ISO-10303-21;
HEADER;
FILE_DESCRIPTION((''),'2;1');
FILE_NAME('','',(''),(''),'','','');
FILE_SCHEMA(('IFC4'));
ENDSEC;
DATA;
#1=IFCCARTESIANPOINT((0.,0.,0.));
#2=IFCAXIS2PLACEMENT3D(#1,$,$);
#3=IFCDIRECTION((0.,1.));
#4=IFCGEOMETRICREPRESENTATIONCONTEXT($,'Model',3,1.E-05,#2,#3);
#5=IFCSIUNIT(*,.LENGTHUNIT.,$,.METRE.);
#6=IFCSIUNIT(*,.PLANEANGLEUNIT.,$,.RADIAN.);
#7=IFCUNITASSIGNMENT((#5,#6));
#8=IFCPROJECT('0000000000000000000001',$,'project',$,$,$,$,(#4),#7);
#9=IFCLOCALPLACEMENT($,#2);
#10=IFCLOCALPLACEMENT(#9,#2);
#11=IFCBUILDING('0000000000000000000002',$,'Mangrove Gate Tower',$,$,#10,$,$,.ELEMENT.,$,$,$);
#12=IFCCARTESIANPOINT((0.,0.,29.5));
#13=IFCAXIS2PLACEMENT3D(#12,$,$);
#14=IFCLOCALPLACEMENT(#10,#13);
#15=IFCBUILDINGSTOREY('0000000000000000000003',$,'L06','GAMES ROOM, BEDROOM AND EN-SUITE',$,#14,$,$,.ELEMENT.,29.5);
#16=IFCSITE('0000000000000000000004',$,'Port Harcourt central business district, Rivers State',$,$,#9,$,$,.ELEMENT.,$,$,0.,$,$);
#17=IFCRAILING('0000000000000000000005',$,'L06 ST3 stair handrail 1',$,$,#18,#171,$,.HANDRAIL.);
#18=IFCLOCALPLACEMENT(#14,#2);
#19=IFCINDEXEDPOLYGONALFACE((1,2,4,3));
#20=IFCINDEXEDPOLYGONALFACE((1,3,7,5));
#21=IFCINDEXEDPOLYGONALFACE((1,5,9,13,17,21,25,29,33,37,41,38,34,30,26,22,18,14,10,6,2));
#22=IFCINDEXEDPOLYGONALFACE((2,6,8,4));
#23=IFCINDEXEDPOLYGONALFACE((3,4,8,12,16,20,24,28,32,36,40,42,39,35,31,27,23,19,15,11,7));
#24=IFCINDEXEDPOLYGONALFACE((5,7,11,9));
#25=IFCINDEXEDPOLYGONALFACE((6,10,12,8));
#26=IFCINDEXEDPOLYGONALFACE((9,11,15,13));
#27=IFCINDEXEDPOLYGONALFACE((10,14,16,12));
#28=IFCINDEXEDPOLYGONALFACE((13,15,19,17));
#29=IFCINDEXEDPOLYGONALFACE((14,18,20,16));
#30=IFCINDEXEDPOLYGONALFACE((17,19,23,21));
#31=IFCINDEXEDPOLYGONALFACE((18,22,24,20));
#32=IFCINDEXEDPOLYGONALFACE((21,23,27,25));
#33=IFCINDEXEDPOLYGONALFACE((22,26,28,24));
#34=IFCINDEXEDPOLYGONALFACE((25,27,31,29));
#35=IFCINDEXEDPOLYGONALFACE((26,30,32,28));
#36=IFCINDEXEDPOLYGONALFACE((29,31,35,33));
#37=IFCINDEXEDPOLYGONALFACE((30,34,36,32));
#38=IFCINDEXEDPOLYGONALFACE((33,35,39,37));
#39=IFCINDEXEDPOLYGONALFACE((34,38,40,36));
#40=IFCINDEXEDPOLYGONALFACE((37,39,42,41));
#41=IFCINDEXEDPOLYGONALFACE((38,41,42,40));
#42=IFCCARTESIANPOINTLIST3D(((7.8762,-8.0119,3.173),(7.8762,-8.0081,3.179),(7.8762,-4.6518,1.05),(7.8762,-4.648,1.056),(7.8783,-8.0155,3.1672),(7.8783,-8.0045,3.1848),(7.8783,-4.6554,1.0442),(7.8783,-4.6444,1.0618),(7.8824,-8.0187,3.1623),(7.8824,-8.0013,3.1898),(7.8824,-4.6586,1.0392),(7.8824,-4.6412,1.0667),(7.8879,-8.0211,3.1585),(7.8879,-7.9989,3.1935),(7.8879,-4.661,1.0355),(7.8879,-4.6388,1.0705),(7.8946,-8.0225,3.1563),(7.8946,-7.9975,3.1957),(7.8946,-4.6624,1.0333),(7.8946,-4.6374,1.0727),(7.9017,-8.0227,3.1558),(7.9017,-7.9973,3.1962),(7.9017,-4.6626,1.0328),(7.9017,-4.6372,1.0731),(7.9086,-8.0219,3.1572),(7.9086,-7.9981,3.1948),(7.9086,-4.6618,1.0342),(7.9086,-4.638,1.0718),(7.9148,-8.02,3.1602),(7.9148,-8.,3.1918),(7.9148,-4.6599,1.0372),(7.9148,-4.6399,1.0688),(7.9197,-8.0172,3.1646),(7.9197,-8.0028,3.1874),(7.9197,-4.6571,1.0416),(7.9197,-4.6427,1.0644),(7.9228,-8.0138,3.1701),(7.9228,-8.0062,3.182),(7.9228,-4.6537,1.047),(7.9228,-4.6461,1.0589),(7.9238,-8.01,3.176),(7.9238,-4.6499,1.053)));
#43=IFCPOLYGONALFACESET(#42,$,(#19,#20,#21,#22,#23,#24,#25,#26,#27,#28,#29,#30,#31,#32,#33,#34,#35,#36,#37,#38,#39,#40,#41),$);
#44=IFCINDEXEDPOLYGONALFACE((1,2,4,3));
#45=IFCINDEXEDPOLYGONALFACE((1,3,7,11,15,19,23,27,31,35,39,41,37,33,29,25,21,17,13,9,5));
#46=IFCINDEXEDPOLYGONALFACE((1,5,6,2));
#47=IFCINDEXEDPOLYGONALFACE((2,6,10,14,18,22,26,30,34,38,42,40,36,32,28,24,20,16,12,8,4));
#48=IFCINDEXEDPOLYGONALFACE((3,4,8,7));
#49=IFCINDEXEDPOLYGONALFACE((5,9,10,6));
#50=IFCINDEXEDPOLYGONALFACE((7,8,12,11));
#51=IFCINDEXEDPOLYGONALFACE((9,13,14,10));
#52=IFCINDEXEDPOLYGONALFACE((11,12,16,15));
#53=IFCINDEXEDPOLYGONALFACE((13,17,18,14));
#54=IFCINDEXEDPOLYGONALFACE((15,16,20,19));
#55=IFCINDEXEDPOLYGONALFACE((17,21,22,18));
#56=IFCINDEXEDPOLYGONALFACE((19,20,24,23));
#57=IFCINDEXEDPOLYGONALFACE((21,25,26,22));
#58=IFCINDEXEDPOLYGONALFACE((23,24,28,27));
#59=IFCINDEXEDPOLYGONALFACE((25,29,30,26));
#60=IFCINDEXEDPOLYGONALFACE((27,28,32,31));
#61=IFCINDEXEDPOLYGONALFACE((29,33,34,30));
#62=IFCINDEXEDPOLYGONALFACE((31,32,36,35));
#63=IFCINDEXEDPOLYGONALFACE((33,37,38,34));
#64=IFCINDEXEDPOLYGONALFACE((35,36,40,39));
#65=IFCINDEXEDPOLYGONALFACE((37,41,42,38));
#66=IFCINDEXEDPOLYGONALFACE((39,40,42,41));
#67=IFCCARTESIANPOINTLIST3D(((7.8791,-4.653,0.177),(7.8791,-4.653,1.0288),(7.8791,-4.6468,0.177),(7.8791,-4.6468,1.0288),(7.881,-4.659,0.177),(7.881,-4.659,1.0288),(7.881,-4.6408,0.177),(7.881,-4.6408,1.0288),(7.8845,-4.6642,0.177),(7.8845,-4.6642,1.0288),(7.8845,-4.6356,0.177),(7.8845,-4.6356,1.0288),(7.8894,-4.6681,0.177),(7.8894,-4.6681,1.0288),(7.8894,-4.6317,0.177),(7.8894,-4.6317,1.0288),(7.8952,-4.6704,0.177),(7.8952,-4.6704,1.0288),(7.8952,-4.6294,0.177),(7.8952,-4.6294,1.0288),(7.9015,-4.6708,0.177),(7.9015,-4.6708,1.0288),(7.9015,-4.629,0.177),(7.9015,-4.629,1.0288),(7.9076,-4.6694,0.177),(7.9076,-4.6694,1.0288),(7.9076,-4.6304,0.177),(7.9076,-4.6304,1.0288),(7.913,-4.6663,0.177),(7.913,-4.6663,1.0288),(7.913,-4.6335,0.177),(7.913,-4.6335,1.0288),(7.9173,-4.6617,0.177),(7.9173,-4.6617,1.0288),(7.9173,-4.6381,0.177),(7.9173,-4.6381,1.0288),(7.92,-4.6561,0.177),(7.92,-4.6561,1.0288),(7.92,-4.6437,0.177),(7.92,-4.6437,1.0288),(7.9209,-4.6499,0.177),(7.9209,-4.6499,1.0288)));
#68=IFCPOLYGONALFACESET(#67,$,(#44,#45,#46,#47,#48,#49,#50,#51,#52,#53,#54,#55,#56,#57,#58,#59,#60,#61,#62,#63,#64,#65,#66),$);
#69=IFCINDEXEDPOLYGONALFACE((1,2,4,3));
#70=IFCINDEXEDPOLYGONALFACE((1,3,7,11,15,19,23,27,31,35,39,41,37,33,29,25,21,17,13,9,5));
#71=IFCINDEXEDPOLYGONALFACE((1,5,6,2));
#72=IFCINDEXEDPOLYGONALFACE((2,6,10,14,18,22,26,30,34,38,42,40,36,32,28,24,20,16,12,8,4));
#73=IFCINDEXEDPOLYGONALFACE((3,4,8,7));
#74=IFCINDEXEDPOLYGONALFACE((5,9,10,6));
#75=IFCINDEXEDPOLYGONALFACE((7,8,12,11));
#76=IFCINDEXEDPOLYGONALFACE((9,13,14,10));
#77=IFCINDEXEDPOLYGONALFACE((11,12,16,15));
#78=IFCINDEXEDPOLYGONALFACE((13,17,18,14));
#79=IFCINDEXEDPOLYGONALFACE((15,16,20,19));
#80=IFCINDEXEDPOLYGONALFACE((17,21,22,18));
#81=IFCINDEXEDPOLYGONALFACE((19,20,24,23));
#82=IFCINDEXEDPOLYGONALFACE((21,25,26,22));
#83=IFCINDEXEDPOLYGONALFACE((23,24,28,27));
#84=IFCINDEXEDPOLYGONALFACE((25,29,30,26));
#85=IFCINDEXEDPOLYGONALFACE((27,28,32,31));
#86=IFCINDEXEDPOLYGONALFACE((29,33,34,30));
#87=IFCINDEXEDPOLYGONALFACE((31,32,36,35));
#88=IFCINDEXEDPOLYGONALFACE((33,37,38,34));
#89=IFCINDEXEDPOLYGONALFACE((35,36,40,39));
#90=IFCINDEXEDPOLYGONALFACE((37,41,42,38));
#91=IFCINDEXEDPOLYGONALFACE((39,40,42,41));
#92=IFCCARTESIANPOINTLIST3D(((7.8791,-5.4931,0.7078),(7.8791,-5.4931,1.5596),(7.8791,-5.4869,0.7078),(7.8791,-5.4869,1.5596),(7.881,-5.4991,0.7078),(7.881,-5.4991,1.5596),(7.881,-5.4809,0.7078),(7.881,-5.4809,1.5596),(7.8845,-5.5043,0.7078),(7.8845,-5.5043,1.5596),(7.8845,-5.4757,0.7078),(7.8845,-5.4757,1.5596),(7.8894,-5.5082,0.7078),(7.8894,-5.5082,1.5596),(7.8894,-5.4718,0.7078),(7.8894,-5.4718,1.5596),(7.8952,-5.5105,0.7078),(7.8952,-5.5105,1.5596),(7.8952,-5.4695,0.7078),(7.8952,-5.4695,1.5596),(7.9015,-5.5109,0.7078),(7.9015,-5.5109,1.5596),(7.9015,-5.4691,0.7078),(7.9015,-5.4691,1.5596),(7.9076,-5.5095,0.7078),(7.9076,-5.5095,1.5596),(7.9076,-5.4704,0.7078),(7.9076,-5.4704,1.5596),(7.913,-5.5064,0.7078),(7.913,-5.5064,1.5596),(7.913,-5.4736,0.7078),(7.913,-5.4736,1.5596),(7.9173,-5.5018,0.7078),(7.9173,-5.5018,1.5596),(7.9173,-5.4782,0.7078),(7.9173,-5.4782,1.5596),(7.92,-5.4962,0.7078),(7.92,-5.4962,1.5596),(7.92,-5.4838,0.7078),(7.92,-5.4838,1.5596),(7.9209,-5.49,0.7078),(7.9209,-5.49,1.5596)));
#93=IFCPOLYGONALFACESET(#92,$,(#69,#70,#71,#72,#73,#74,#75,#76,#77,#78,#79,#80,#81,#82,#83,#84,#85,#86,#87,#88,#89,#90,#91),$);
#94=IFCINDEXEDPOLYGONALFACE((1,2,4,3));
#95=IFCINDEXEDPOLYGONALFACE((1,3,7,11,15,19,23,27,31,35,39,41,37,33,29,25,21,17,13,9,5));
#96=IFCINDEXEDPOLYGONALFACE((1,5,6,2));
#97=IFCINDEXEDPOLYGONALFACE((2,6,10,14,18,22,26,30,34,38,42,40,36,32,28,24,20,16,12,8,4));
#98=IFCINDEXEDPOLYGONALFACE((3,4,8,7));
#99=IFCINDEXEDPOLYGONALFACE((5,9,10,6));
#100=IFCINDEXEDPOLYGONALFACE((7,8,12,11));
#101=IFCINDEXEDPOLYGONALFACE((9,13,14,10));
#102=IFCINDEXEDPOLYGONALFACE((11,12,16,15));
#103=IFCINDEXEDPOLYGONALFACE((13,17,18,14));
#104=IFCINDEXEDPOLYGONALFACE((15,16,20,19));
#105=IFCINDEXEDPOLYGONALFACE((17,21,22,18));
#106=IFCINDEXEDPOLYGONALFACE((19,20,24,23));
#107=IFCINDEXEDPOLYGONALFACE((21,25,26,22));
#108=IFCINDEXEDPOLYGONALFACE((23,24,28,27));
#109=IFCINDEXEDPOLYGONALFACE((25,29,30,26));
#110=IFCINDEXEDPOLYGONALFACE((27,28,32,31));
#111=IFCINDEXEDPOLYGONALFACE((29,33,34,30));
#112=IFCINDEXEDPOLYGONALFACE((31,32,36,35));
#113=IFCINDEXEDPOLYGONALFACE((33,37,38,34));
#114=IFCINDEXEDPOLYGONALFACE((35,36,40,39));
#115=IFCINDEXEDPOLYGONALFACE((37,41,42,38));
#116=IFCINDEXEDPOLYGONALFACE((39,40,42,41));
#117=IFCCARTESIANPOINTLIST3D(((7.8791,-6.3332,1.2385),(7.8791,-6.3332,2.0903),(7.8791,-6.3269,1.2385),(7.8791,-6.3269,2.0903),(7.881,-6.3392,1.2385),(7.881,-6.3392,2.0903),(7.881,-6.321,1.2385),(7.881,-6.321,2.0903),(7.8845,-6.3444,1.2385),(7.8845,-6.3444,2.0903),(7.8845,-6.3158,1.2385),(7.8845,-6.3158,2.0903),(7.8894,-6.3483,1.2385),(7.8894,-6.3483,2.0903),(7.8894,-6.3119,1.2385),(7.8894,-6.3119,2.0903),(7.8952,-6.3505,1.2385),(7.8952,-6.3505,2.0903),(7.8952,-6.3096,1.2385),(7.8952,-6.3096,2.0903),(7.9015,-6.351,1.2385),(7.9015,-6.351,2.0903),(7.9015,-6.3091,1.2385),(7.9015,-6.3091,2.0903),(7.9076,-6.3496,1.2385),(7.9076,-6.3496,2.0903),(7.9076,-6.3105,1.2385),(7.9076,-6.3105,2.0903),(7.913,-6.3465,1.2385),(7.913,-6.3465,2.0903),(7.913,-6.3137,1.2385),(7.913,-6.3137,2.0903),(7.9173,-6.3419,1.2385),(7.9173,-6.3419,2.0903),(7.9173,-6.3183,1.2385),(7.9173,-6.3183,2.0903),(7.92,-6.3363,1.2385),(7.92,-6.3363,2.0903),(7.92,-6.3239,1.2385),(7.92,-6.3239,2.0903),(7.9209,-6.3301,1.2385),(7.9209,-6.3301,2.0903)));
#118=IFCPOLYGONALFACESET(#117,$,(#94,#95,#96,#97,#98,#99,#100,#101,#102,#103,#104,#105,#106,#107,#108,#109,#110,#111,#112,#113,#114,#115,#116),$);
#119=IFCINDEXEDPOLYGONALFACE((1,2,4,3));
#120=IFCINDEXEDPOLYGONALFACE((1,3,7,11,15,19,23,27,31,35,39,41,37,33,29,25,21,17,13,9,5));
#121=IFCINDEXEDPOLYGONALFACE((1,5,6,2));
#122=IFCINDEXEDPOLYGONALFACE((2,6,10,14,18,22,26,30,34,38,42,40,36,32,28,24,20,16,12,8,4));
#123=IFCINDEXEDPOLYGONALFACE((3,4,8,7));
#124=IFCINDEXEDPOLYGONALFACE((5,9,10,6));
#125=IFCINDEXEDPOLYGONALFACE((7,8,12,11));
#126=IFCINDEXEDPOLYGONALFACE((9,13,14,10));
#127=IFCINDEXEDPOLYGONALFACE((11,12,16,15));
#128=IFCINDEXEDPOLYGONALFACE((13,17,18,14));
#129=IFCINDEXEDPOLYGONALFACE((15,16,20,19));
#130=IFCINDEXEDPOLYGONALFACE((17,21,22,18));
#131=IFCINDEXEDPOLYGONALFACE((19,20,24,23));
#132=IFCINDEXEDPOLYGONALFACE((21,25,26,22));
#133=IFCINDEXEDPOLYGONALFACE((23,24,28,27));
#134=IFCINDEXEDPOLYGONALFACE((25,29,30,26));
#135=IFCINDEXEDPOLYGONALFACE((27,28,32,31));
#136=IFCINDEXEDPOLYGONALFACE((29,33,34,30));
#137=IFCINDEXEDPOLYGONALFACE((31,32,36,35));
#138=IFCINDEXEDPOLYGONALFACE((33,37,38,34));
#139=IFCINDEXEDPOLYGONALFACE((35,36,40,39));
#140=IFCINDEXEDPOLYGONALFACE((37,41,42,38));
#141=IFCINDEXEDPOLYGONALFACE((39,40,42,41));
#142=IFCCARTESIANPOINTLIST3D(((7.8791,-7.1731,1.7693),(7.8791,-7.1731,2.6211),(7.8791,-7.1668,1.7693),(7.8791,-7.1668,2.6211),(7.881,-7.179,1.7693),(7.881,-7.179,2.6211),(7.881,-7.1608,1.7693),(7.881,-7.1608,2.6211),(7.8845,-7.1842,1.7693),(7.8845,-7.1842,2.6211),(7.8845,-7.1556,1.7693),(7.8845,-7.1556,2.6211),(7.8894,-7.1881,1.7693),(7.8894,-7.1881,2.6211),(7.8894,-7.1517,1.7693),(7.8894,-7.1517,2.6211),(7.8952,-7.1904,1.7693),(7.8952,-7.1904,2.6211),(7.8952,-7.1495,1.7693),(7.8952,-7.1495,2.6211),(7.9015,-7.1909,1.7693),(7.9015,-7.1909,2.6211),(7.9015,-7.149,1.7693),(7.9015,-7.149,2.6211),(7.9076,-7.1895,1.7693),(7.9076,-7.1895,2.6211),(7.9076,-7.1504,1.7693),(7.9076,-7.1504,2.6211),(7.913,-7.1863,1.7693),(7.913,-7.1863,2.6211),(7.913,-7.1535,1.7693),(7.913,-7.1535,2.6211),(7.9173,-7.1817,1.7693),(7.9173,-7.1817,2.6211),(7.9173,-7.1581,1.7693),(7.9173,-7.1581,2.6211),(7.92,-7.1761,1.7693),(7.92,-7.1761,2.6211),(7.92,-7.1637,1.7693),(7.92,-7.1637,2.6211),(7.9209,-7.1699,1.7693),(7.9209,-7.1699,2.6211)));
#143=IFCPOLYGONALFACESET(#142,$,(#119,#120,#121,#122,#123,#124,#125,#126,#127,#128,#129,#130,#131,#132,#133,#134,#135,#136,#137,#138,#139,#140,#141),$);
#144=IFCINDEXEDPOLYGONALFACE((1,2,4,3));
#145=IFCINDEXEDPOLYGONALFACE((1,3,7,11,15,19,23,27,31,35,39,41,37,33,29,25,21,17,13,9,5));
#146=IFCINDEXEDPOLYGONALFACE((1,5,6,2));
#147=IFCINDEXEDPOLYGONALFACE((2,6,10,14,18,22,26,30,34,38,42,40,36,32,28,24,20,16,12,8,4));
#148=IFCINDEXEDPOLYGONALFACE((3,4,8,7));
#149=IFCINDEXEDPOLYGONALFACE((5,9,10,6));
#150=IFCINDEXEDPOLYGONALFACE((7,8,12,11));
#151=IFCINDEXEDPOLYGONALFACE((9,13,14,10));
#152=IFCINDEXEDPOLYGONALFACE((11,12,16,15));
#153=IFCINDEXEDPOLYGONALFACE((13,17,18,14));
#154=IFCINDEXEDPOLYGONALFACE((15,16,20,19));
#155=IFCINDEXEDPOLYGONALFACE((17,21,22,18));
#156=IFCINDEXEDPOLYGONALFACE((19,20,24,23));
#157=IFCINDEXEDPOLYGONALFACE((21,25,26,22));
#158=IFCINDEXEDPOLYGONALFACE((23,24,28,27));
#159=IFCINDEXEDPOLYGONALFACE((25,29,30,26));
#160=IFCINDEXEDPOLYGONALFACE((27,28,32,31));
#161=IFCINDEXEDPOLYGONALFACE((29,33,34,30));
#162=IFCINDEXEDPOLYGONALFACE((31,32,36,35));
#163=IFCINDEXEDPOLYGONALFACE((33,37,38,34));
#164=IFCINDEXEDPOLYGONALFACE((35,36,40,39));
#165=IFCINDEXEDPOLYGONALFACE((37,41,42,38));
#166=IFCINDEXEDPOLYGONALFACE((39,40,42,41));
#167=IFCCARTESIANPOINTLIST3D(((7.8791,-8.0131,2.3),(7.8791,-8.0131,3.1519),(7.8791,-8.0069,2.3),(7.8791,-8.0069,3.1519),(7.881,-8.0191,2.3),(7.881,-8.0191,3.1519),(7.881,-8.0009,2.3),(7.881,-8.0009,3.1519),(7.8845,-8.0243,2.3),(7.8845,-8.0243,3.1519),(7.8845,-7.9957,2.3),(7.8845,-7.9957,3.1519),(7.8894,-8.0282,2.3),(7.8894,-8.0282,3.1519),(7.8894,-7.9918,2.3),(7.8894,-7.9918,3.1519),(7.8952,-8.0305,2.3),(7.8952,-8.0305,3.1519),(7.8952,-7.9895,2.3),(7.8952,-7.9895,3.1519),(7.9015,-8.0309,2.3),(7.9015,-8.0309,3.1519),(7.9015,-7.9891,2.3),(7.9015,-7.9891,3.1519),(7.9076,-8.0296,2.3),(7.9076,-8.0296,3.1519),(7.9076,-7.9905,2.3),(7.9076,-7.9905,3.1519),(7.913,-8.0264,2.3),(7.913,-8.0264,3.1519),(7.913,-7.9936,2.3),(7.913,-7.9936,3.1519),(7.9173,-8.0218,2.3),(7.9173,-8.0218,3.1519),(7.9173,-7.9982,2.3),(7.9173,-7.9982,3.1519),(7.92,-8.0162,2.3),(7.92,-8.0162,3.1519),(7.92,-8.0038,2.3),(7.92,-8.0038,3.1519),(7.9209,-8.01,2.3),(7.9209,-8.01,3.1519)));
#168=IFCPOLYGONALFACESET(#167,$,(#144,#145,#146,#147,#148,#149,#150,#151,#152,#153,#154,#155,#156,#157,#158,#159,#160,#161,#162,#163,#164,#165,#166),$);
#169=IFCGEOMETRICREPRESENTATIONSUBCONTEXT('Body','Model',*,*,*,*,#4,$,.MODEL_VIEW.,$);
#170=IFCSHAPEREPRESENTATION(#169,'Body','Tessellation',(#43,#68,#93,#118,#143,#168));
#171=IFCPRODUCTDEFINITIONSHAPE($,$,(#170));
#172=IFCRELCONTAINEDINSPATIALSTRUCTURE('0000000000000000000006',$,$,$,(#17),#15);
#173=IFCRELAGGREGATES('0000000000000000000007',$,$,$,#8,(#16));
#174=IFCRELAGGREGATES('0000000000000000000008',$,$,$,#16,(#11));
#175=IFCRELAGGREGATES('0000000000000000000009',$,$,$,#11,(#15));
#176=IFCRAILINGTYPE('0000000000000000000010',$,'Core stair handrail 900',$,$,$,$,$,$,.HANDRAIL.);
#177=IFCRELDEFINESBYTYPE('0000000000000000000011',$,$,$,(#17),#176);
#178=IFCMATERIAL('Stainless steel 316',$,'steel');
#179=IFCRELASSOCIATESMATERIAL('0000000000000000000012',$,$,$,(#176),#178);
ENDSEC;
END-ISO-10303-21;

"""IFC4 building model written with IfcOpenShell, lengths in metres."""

from ifc_helpers import new_model, si_unit, direction, frame, origin, origin_2d, place, context, subcontext, project, spatial, circle, extrude, material, type_object, element, save


model = new_model("IFC4")

# Units and contexts
model_context = context("Model", 3, precision=1e-05, world=origin(), true_north=direction((0.0, 1.0)))
body_context = subcontext(model_context, "Body", "Model", "MODEL_VIEW")
ifc_project = project(units=[si_unit("LENGTHUNIT", "METRE"), si_unit("PLANEANGLEUNIT", "RADIAN")], contexts=[model_context])

# Site, building, storey
site_placement = place(None, origin())
site = spatial("IfcSite", under=ifc_project, at=site_placement, Name="Port Harcourt central business district, Rivers State", CompositionType="ELEMENT", RefElevation=0.0)
building_placement = place(site_placement, origin())
building = spatial("IfcBuilding", under=site, at=building_placement, Name="Mangrove Gate Tower", CompositionType="ELEMENT")
storey_placement = place(building_placement, frame((0.0, 0.0, 29.5)))
storey = spatial("IfcBuildingStorey", under=building, at=storey_placement, Name="L06", Description="GAMES ROOM, BEDROOM AND EN-SUITE", CompositionType="ELEMENT", Elevation=29.5)

# Railing
ifc_material_1 = material(Name="Stainless steel 316", Category="steel")
railing_type_1 = type_object("IfcRailingType", Name="Core stair handrail 900", PredefinedType="HANDRAIL", material=ifc_material_1)
railing_1_placement = place(storey_placement, frame((7.8999, -4.6499, 0.177)))
element("IfcRailing", 1, at=railing_1_placement, inside=storey, type_object=railing_type_1, Name="L06 ST3 stair handrail 1", PredefinedType="HANDRAIL", context=body_context, shape_type="SweptSolid", body=[
    extrude(circle(Radius=0.0239, at=origin_2d()), frame((0.0, 0.0, 0.876), z_axis=(0.0, -0.84539, 0.53415), x_axis=(1.0, 0.0, 0.0)), (0.0, 0.0, 1.0), 3.9746),
    extrude(circle(Radius=0.021, at=origin_2d()), origin(), (0.0, 0.0, 1.0), 0.8518),
    extrude(circle(Radius=0.021, at=origin_2d()), frame((0.0, -0.8401, 0.5308)), (0.0, 0.0, 1.0), 0.8518),
    extrude(circle(Radius=0.021, at=origin_2d()), frame((0.0, -1.6802, 1.0615)), (0.0, 0.0, 1.0), 0.8518),
    extrude(circle(Radius=0.021, at=origin_2d()), frame((0.0, -2.52, 1.5923)), (0.0, 0.0, 1.0), 0.8518),
    extrude(circle(Radius=0.021, at=origin_2d()), frame((0.0, -3.3601, 2.123)), (0.0, 0.0, 1.0), 0.8518),
])

save(model, "model.ifc")
